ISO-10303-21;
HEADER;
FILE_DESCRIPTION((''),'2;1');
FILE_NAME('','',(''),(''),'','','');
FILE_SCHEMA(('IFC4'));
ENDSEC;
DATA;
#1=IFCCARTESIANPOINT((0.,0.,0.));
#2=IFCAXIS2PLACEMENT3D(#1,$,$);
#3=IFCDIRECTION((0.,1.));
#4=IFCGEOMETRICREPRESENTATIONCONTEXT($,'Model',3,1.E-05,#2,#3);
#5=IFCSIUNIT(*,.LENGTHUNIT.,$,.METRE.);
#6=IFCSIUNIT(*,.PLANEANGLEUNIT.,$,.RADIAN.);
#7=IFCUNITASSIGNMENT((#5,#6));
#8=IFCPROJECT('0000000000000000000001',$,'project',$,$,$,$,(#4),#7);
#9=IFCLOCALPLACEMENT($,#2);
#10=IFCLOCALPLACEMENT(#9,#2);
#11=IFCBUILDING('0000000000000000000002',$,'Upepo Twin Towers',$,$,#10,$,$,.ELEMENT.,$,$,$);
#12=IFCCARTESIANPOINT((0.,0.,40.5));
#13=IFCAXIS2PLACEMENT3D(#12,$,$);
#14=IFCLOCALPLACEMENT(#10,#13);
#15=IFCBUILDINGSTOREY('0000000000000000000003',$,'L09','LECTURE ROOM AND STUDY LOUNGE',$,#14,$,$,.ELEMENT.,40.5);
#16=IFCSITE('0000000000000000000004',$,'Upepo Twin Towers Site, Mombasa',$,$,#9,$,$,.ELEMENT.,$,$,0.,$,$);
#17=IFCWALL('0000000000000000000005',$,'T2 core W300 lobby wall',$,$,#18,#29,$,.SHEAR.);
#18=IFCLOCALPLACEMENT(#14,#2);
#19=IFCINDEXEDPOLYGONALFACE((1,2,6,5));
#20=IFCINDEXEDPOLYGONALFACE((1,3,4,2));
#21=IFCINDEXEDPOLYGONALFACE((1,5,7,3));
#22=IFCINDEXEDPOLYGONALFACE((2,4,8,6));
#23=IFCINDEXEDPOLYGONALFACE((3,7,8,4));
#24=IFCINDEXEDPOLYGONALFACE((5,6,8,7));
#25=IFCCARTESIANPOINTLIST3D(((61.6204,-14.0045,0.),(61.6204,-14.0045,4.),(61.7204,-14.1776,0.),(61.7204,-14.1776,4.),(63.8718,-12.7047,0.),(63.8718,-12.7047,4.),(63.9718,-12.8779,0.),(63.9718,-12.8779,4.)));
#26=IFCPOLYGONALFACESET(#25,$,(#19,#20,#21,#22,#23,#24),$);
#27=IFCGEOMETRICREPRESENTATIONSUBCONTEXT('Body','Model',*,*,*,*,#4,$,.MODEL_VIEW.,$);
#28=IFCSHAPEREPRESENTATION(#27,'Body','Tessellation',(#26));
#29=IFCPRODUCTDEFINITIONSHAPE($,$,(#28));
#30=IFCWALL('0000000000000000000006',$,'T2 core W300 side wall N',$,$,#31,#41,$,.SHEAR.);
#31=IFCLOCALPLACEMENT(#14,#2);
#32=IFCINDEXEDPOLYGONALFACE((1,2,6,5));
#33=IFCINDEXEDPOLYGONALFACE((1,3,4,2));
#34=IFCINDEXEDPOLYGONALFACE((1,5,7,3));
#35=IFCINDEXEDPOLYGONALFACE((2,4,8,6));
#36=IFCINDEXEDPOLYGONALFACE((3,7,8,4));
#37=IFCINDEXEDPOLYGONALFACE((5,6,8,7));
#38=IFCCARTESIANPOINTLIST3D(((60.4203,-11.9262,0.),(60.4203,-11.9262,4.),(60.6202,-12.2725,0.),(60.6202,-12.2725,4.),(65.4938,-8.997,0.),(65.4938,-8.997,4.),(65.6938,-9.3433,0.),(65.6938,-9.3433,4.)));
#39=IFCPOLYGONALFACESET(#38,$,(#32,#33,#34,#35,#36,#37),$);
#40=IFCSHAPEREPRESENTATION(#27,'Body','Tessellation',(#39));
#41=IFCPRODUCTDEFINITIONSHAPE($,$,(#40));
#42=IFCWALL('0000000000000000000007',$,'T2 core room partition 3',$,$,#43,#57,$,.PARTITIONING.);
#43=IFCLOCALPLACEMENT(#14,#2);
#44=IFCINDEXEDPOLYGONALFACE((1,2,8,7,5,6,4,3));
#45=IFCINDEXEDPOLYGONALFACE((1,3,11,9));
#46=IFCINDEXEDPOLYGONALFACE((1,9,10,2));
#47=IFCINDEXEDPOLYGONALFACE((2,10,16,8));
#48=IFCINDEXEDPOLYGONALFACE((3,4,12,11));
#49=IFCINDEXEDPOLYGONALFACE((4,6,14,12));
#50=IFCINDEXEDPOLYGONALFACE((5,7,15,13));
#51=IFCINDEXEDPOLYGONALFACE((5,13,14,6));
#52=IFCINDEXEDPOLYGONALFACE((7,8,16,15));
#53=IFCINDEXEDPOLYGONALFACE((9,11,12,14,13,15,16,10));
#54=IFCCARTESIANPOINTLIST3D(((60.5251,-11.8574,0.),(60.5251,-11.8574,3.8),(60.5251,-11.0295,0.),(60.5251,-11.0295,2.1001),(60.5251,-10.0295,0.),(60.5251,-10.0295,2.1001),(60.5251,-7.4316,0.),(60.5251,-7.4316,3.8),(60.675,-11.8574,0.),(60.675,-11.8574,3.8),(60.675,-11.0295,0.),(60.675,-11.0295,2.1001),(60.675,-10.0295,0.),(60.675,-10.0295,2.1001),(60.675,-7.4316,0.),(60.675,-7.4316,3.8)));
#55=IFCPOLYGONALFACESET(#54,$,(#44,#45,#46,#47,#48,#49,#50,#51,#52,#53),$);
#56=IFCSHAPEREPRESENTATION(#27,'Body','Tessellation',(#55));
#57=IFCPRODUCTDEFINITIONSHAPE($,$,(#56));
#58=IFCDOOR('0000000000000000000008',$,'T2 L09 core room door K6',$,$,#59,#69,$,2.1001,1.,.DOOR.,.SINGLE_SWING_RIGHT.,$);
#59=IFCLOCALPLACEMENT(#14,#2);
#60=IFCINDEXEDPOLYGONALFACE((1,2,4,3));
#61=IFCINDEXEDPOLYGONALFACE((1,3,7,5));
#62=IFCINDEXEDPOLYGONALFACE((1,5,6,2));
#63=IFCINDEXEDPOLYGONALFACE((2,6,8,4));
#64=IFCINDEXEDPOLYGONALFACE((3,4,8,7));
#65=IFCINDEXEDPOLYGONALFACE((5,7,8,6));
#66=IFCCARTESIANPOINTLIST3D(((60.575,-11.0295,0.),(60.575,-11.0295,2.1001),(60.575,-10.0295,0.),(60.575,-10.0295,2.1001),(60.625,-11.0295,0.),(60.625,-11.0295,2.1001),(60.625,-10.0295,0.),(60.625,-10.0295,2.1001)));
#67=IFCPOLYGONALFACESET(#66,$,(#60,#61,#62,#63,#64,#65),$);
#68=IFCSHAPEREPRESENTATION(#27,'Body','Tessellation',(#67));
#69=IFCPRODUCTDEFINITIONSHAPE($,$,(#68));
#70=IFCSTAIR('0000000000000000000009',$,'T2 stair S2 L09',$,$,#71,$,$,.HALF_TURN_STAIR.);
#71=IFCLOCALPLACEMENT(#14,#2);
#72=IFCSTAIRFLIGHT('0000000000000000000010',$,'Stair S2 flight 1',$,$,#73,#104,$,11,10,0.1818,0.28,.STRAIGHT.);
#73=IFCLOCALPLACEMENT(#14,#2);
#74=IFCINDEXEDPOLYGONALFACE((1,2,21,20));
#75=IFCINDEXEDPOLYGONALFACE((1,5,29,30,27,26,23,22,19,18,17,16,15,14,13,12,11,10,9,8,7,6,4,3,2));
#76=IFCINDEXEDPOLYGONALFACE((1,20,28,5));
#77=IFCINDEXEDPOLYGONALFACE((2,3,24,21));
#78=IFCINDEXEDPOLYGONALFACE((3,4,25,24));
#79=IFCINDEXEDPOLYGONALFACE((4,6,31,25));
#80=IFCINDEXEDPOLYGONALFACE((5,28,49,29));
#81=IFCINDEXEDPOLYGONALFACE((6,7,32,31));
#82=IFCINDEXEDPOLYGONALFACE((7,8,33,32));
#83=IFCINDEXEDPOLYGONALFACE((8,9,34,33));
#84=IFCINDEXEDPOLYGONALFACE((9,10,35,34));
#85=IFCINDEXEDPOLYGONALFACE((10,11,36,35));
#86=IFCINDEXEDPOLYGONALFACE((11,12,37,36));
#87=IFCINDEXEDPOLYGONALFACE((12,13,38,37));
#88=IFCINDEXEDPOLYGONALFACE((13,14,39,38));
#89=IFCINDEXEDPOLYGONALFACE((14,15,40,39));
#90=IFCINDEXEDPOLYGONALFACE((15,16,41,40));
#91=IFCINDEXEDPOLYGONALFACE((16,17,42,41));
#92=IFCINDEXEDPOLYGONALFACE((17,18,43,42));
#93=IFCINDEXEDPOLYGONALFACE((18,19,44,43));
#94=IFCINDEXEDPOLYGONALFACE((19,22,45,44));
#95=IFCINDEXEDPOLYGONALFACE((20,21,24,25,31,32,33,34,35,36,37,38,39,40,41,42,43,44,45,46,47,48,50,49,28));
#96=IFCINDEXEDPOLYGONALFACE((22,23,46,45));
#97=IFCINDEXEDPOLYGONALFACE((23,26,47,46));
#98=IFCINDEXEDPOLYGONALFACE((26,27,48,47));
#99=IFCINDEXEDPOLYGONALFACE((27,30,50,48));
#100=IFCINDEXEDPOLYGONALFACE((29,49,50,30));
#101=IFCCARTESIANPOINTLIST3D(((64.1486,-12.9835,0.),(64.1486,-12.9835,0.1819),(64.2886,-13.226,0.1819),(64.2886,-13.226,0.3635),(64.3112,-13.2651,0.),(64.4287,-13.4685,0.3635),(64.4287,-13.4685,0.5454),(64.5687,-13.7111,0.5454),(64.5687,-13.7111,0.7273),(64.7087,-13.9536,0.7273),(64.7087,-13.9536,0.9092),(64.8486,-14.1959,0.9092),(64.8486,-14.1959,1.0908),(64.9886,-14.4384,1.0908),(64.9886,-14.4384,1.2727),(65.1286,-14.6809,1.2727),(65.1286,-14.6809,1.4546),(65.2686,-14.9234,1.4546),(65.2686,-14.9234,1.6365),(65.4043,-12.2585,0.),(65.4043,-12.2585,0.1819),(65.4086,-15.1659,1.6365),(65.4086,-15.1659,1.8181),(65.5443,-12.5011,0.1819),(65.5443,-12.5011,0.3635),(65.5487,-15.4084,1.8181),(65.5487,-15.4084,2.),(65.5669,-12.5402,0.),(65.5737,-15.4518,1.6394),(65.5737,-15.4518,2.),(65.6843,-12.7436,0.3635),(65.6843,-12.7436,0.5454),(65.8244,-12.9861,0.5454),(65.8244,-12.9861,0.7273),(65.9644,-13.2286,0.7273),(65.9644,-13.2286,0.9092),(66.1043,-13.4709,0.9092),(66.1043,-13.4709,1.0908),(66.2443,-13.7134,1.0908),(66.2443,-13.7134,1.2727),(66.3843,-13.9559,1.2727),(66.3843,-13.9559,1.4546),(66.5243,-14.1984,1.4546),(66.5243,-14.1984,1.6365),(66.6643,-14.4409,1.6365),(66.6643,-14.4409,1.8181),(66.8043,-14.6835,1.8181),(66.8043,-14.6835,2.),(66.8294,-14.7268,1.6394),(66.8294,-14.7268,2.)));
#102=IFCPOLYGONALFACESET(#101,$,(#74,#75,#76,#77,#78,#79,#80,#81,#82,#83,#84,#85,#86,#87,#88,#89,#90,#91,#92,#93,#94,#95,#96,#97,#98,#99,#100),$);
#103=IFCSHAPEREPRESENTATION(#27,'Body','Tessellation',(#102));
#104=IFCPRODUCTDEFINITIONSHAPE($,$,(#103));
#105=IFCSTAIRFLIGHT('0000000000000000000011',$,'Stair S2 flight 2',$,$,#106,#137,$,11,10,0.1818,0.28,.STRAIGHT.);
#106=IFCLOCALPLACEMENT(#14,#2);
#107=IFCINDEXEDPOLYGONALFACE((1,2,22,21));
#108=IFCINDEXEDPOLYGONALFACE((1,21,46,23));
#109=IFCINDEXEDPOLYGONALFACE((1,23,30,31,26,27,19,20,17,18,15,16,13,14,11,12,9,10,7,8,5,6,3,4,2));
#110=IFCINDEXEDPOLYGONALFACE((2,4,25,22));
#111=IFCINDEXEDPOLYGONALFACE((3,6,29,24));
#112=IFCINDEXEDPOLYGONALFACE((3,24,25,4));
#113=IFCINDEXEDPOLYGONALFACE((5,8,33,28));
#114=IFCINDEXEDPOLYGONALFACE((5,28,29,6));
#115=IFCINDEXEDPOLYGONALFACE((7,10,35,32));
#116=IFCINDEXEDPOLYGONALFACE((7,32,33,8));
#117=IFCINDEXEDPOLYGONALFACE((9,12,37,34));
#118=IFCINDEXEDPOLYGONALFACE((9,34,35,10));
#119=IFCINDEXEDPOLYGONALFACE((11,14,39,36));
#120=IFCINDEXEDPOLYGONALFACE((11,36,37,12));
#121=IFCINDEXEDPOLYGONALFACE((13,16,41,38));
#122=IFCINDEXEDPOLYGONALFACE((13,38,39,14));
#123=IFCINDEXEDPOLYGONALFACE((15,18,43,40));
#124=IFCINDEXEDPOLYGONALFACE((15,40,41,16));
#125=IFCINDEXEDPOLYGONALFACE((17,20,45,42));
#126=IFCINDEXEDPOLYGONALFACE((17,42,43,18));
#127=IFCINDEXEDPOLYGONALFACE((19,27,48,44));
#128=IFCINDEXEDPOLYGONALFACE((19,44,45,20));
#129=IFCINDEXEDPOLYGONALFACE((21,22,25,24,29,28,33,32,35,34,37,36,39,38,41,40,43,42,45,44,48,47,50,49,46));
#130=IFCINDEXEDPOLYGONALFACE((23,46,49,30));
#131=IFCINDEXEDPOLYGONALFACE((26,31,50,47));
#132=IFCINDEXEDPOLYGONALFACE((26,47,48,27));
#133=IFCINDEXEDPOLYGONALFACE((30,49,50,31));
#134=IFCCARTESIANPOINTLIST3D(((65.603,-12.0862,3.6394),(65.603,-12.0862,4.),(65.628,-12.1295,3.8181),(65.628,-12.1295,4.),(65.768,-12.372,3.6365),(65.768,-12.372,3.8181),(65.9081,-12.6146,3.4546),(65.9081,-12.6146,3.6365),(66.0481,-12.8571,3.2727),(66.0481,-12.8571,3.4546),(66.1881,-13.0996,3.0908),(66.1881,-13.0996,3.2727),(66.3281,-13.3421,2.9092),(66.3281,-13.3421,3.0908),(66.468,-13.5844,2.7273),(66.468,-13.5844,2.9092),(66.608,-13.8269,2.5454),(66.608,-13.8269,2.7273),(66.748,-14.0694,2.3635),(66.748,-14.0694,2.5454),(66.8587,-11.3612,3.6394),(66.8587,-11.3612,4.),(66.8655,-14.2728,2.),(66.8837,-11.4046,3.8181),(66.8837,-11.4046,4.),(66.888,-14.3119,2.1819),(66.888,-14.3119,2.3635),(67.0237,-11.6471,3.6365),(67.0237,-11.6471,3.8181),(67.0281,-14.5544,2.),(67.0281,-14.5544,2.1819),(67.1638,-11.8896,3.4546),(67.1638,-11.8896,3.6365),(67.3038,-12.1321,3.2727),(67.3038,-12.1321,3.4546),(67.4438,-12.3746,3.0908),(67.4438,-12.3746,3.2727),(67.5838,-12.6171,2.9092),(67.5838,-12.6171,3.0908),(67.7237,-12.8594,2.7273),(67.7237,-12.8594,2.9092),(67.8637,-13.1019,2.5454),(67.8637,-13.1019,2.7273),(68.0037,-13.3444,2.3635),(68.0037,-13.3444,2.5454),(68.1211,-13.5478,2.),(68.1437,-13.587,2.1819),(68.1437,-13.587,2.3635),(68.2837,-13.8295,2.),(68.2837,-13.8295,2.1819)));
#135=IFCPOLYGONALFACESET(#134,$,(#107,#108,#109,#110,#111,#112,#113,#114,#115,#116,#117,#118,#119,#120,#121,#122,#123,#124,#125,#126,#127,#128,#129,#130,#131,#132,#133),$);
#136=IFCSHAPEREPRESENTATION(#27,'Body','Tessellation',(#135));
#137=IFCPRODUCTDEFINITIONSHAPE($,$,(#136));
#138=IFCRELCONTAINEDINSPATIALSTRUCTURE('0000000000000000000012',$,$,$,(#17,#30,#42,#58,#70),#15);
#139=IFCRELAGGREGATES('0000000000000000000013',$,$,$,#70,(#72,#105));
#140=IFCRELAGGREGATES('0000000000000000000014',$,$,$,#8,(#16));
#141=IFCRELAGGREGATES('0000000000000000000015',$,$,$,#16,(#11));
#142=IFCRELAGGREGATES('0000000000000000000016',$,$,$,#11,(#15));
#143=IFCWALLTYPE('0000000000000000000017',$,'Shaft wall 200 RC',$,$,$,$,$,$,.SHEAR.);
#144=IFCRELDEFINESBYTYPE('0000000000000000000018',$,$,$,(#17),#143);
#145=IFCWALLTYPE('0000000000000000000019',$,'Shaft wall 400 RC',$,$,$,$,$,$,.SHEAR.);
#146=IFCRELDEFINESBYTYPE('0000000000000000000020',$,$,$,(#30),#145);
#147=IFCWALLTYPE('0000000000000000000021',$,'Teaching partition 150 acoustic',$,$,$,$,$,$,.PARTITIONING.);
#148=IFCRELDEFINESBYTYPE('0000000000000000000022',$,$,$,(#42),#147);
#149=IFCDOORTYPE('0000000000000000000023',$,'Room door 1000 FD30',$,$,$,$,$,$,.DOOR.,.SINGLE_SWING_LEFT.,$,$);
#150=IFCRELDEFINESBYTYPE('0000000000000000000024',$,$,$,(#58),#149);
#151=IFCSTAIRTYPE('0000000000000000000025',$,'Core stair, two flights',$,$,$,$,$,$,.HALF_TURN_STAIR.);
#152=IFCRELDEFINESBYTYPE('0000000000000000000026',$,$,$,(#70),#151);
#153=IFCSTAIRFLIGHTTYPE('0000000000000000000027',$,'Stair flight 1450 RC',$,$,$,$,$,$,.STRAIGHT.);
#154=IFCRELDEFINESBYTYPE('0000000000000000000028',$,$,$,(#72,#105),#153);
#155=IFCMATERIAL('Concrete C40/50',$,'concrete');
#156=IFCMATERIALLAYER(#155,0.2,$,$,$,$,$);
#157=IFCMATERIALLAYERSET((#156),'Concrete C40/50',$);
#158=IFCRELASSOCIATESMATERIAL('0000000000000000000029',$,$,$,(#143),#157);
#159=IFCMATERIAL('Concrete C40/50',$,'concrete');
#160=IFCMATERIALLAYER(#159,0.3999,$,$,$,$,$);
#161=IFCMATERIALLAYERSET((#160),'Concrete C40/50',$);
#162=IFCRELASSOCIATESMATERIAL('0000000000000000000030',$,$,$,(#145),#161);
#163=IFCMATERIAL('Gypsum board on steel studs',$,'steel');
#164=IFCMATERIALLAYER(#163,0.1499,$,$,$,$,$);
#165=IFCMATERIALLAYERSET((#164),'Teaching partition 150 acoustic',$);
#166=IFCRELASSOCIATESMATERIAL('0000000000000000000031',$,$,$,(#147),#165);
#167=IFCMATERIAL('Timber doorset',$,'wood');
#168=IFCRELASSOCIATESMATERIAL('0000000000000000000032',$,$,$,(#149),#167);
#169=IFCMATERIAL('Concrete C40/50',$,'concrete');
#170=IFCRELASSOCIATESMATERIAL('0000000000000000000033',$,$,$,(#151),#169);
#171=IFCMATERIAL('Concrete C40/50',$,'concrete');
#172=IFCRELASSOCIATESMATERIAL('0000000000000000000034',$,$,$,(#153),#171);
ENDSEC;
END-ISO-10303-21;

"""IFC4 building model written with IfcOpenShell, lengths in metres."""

from ifc_helpers import new_model, si_unit, direction, frame, frame_2d, origin, place, context, subcontext, project, spatial, polyline, rectangle, outline, extrude, material, layer, layer_set, type_object, element, fill, aggregate, save


model = new_model("IFC4")

# Units and contexts
model_context = context("Model", 3, precision=1e-05, world=origin(), true_north=direction((0.0, 1.0)))
body_context = subcontext(model_context, "Body", "Model", "MODEL_VIEW")
ifc_project = project(units=[si_unit("LENGTHUNIT", "METRE"), si_unit("PLANEANGLEUNIT", "RADIAN")], contexts=[model_context])

# Site, building, storey
site_placement = place(None, origin())
site = spatial("IfcSite", under=ifc_project, at=site_placement, Name="Upepo Twin Towers Site, Mombasa", CompositionType="ELEMENT", RefElevation=0.0)
building_placement = place(site_placement, origin())
building = spatial("IfcBuilding", under=site, at=building_placement, Name="Upepo Twin Towers", CompositionType="ELEMENT")
storey_placement = place(building_placement, frame((0.0, 0.0, 40.5)))
storey = spatial("IfcBuildingStorey", under=building, at=storey_placement, Name="L09", Description="LECTURE ROOM AND STUDY LOUNGE", CompositionType="ELEMENT", Elevation=40.5)

# Walls
ifc_material_1 = material(Name="Concrete C40/50", Category="concrete")
ifc_layer_1 = layer(ifc_material_1, 0.2)
ifc_layer_set_1 = layer_set([ifc_layer_1], Name="Concrete C40/50")
wall_type_1 = type_object("IfcWallType", Name="Shaft wall 200 RC", PredefinedType="SHEAR", material=ifc_layer_set_1)
wall_1_placement = place(storey_placement, frame((61.6704, -14.0911, 0.0), z_axis=(0.0, 0.0, 1.0), x_axis=(0.866039, 0.499977, 0.0)))
element("IfcWall", 1, at=wall_1_placement, inside=storey, type_object=wall_type_1, Name="T2 core W300 lobby wall", PredefinedType="SHEAR", context=body_context, shape_type="SweptSolid", body=[
    extrude(rectangle(XDim=2.5996, YDim=0.2, at=frame_2d((1.2998, 0.0))), origin(), (0.0, 0.0, 1.0), 4.0),
])
ifc_material_2 = material(Name="Concrete C40/50", Category="concrete")
ifc_layer_2 = layer(ifc_material_2, 0.3999)
ifc_layer_set_2 = layer_set([ifc_layer_2], Name="Concrete C40/50")
wall_type_2 = type_object("IfcWallType", Name="Shaft wall 400 RC", PredefinedType="SHEAR", material=ifc_layer_set_2)
wall_2_placement = place(storey_placement, frame((60.5203, -12.0994, 0.0), z_axis=(0.0, 0.0, 1.0), x_axis=(0.866024, 0.500003, 0.0)))
element("IfcWall", 2, at=wall_2_placement, inside=storey, type_object=wall_type_2, Name="T2 core W300 side wall N", PredefinedType="SHEAR", context=body_context, shape_type="SweptSolid", body=[
    extrude(rectangle(XDim=5.8584, YDim=0.3999, at=frame_2d((2.9292, 0.0))), origin(), (0.0, 0.0, 1.0), 4.0),
])

# Wall, opening, door
ifc_material_3 = material(Name="Gypsum board on steel studs", Category="steel")
ifc_layer_3 = layer(ifc_material_3, 0.1499)
ifc_layer_set_3 = layer_set([ifc_layer_3], Name="Teaching partition 150 acoustic")
wall_type_3 = type_object("IfcWallType", Name="Teaching partition 150 acoustic", PredefinedType="PARTITIONING", material=ifc_layer_set_3)
wall_3_placement = place(storey_placement, frame((60.6001, -7.4316, 0.0), z_axis=(0.0, 0.0, 1.0), x_axis=(0.0, -1.0, 0.0)))
wall_3 = element("IfcWall", 3, at=wall_3_placement, inside=storey, type_object=wall_type_3, Name="T2 core room partition 3", PredefinedType="PARTITIONING", context=body_context, shape_type="SweptSolid", body=[
    extrude(rectangle(XDim=4.4258, YDim=0.1499, at=frame_2d((2.2129, 0.0))), origin(), (0.0, 0.0, 1.0), 3.8),
])
opening_1_placement = place(wall_3_placement, frame((2.5979, 0.0, 0.0)))
opening_1 = element("IfcOpeningElement", 4, at=opening_1_placement, cuts=wall_3, PredefinedType="OPENING", context=body_context, shape_type="SweptSolid", body=[
    extrude(rectangle(XDim=1.0, YDim=2.1001, at=frame_2d((0.5, 1.05))), frame((0.0, 0.085, 0.0), z_axis=(0.0, -1.0, 0.0), x_axis=(1.0, 0.0, 0.0)), (0.0, 0.0, 1.0), 0.1699),
])
ifc_material_4 = material(Name="Timber doorset", Category="wood")
door_type_1 = type_object("IfcDoorType", Name="Room door 1000 FD30", OperationType="SINGLE_SWING_LEFT", PredefinedType="DOOR", material=ifc_material_4)
door_1_placement = place(opening_1_placement, origin())
door_1 = element("IfcDoor", 5, at=door_1_placement, inside=storey, type_object=door_type_1, Name="T2 L09 core room door K6", OperationType="SINGLE_SWING_RIGHT", OverallHeight=2.1001, OverallWidth=1.0, PredefinedType="DOOR", context=body_context, shape_type="SweptSolid", body=[
    extrude(rectangle(XDim=1.0, YDim=2.1001, at=frame_2d((0.5, 1.05))), frame((0.0, 0.0249, 0.0), z_axis=(0.0, -1.0, 0.0), x_axis=(1.0, 0.0, 0.0)), (0.0, 0.0, 1.0), 0.05),
])
fill(opening_1, door_1)

# Stair, stair flights
ifc_material_5 = material(Name="Concrete C40/50", Category="concrete")
stair_type = type_object("IfcStairType", Name="Core stair, two flights", PredefinedType="HALF_TURN_STAIR", material=ifc_material_5)
stair_placement = place(storey_placement, origin())
stair = element("IfcStair", 6, at=stair_placement, inside=storey, type_object=stair_type, Name="T2 stair S2 L09", PredefinedType="HALF_TURN_STAIR")
ifc_material_6 = material(Name="Concrete C40/50", Category="concrete")
stair_flight_type = type_object("IfcStairFlightType", Name="Stair flight 1450 RC", PredefinedType="STRAIGHT", material=ifc_material_6)
stair_flight_1_placement = place(storey_placement, frame((64.7764, -12.6211, 0.0), z_axis=(0.0, 0.0, 1.0), x_axis=(0.5, -0.866025, 0.0)))
stair_flight_1 = element("IfcStairFlight", 7, at=stair_flight_1_placement, type_object=stair_flight_type, Name="Stair S2 flight 1", NumberOfRisers=11, NumberOfTreads=10, PredefinedType="STRAIGHT", RiserHeight=0.1818, TreadLength=0.28, context=body_context, shape_type="SweptSolid", body=[
    extrude(outline(polyline([(0.0, 0.0), (0.0, 0.1819), (0.28, 0.1819), (0.28, 0.3635), (0.5601, 0.3635), (0.5601, 0.5454), (0.8401, 0.5454), (0.8401, 0.7273), (1.1201, 0.7273), (1.1201, 0.9092), (1.3999, 0.9092), (1.3999, 1.0908), (1.6799, 1.0908), (1.6799, 1.2727), (1.96, 1.2727), (1.96, 1.4546), (2.24, 1.4546), (2.24, 1.6365), (2.52, 1.6365), (2.52, 1.8181), (2.8, 1.8181), (2.8, 2.0), (2.8501, 2.0), (2.8501, 1.6394), (0.3252, 0.0), (0.0, 0.0)])), frame((0.0, 0.7251, 0.0), z_axis=(0.0, -1.0, 0.0), x_axis=(1.0, 0.0, 0.0)), (0.0, 0.0, 1.0), 1.45),
])
stair_flight_2_placement = place(storey_placement, frame((67.656, -14.1919, 2.0), z_axis=(0.0, 0.0, 1.0), x_axis=(-0.5, 0.866025, 0.0)))
stair_flight_2 = element("IfcStairFlight", 8, at=stair_flight_2_placement, type_object=stair_flight_type, Name="Stair S2 flight 2", NumberOfRisers=11, NumberOfTreads=10, PredefinedType="STRAIGHT", RiserHeight=0.1818, TreadLength=0.28, context=body_context, shape_type="SweptSolid", body=[
    extrude(outline(polyline([(0.0, 0.0), (0.0, 0.1819), (0.28, 0.1819), (0.28, 0.3635), (0.5601, 0.3635), (0.5601, 0.5454), (0.8401, 0.5454), (0.8401, 0.7273), (1.1201, 0.7273), (1.1201, 0.9092), (1.3999, 0.9092), (1.3999, 1.0908), (1.6799, 1.0908), (1.6799, 1.2727), (1.96, 1.2727), (1.96, 1.4546), (2.24, 1.4546), (2.24, 1.6365), (2.52, 1.6365), (2.52, 1.8181), (2.8, 1.8181), (2.8, 2.0), (2.8501, 2.0), (2.8501, 1.6394), (0.3252, 0.0), (0.0, 0.0)])), frame((0.0, 0.7251, 0.0), z_axis=(0.0, -1.0, 0.0), x_axis=(1.0, 0.0, 0.0)), (0.0, 0.0, 1.0), 1.45),
])
aggregate(stair, [stair_flight_1, stair_flight_2])

save(model, "model.ifc")
